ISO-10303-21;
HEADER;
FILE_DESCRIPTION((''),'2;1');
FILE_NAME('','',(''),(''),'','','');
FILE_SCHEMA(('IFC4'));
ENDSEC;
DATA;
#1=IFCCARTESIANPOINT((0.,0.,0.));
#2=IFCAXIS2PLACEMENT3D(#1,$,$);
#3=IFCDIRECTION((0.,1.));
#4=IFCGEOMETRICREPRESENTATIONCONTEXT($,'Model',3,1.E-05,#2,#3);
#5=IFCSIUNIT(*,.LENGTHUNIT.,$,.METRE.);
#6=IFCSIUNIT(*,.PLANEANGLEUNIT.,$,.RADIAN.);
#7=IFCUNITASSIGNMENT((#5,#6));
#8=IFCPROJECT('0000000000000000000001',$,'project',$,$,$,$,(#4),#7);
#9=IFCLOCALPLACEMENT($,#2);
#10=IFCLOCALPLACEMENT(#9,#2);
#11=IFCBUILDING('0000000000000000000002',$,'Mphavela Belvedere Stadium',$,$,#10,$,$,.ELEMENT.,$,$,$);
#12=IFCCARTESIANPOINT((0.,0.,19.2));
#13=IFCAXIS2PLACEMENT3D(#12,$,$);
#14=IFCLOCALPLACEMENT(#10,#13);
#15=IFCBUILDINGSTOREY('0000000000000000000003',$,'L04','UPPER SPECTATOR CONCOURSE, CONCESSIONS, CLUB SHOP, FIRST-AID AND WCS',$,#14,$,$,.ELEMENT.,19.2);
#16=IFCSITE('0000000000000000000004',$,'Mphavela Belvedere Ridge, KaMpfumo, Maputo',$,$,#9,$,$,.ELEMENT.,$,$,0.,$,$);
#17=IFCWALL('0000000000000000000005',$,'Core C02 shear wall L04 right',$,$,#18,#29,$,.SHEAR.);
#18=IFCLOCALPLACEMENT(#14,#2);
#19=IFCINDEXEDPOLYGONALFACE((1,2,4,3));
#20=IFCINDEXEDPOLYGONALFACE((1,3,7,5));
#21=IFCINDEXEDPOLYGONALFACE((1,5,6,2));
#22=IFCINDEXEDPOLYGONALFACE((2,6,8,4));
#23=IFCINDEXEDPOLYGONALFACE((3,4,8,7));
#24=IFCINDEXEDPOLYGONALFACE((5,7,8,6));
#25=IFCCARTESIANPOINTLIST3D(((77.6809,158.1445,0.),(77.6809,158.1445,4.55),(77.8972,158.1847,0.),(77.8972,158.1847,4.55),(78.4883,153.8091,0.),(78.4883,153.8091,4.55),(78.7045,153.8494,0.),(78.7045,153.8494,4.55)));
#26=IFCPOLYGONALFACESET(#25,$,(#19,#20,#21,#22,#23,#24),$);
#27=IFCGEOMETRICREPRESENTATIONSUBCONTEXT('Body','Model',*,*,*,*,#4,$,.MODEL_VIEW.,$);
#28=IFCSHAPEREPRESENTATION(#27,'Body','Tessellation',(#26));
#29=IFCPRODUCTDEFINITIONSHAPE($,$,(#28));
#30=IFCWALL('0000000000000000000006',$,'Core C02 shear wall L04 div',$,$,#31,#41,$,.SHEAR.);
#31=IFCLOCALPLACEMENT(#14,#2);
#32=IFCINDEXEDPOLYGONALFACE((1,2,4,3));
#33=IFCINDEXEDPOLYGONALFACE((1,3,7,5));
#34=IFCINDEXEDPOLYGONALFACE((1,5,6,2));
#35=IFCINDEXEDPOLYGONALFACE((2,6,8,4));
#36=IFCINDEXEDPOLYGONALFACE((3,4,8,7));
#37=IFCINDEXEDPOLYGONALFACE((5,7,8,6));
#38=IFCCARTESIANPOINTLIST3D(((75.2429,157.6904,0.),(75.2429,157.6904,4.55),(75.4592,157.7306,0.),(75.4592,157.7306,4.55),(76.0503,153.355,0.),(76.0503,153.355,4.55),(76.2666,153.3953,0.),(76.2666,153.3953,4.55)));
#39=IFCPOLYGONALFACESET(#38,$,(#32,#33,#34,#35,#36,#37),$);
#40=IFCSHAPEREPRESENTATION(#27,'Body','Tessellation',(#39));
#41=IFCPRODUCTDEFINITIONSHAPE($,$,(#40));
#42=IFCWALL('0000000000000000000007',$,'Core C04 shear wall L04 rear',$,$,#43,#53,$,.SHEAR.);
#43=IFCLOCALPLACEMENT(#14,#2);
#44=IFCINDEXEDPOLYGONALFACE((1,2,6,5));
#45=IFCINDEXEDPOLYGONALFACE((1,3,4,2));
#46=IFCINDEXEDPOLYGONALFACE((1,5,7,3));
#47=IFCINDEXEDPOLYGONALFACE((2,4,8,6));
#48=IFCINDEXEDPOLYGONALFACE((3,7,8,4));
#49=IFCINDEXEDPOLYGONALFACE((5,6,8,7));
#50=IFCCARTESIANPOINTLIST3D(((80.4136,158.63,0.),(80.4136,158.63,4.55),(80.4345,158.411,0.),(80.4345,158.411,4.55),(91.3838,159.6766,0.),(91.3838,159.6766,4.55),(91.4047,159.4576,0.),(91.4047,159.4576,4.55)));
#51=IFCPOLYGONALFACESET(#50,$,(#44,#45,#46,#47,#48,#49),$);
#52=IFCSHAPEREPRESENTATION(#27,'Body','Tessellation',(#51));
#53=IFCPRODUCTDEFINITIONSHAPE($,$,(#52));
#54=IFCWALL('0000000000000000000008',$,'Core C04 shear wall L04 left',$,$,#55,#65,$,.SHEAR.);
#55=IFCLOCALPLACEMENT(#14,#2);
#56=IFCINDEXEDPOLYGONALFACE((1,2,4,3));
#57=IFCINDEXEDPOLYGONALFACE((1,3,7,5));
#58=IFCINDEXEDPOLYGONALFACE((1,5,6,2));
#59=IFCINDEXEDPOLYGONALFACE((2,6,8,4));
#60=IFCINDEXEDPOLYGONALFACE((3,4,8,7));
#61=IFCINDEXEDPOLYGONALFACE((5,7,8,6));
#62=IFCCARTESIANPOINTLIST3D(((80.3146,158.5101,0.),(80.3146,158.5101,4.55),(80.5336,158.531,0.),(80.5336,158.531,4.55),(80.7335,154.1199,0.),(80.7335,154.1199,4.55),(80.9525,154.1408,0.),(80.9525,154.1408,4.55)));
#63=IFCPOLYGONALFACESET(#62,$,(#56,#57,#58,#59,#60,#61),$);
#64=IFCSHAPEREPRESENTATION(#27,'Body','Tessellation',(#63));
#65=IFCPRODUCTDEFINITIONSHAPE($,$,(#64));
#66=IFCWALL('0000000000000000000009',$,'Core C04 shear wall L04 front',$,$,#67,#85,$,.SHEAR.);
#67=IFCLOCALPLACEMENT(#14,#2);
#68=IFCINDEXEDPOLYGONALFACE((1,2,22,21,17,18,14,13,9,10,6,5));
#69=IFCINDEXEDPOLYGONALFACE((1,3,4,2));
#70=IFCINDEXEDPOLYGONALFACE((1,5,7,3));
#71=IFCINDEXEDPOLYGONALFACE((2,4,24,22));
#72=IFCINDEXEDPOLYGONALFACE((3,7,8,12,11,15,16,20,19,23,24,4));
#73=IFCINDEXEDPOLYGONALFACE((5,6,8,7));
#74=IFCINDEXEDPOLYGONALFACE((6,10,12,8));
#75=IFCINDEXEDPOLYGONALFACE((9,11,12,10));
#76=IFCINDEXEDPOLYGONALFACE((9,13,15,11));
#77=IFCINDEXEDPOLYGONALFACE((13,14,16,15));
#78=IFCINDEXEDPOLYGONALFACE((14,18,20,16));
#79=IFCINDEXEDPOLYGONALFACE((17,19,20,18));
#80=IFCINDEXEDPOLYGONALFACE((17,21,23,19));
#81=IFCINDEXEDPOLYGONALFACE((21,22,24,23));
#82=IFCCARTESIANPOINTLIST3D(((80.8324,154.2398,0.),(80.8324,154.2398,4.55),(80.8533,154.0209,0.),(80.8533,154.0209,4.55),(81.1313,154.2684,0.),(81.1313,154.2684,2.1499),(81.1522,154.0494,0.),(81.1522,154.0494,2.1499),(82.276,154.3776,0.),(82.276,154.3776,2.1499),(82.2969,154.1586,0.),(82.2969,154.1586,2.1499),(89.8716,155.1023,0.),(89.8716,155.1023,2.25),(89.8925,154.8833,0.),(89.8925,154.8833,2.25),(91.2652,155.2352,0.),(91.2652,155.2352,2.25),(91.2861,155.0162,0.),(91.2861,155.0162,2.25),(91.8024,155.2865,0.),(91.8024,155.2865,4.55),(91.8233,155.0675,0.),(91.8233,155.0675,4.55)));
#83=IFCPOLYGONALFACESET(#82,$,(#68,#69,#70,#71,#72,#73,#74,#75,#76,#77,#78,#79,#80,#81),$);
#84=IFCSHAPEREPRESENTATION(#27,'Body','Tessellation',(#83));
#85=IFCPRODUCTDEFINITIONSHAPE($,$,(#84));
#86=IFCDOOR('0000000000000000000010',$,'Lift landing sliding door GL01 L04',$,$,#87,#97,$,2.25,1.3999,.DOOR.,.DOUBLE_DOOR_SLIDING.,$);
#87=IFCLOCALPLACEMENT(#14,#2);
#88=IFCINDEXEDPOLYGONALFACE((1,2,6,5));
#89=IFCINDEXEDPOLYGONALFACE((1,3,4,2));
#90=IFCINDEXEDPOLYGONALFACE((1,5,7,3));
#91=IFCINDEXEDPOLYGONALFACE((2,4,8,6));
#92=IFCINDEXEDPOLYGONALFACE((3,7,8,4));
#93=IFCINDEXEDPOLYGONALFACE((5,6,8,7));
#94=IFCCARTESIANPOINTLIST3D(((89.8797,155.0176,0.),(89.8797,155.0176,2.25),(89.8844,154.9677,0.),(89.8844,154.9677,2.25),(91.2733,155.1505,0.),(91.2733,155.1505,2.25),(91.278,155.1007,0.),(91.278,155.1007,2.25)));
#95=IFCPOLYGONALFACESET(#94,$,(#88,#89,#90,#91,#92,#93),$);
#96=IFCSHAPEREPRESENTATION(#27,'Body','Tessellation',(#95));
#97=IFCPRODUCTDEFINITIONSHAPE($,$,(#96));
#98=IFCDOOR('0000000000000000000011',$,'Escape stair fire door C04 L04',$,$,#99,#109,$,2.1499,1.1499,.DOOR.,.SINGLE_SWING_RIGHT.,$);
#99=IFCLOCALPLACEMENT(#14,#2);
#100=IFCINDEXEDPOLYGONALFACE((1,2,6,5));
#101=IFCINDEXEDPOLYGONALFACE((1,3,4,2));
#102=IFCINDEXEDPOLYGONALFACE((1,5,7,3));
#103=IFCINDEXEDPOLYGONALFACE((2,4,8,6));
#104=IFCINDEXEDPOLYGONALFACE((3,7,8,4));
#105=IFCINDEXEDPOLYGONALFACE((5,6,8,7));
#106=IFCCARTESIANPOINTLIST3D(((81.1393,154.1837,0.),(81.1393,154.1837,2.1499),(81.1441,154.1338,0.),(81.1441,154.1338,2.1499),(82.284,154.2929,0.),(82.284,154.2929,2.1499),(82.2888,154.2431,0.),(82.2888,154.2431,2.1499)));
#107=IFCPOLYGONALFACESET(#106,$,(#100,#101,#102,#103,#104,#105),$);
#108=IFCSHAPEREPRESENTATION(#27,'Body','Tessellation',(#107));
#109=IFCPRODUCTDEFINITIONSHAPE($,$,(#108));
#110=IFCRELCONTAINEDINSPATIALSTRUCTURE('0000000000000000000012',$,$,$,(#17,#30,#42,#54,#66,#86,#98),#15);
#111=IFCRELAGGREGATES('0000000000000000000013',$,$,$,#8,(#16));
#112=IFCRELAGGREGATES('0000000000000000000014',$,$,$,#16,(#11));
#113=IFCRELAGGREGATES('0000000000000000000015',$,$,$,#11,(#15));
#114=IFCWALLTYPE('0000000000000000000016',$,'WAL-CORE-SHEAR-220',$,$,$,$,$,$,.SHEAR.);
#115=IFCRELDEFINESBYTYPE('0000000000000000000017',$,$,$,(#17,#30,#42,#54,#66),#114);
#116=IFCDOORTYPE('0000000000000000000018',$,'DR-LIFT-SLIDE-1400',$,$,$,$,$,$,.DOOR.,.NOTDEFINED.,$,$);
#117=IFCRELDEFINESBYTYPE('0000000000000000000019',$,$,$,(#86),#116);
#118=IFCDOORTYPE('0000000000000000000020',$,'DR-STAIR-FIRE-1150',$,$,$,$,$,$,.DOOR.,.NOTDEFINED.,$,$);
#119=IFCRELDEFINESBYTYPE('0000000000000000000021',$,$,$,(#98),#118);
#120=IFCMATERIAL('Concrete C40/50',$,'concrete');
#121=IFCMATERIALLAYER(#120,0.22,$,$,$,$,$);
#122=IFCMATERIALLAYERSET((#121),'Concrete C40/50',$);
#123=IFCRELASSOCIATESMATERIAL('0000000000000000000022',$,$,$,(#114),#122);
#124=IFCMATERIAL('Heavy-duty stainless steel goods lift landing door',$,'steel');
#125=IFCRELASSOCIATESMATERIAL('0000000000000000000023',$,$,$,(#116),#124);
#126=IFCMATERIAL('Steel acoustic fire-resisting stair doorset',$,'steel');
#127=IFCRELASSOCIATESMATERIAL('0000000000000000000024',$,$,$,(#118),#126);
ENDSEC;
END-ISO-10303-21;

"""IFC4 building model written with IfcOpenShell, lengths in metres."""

from ifc_helpers import new_model, si_unit, direction, frame, frame_2d, origin, place, context, subcontext, project, spatial, rectangle, extrude, material, layer, layer_set, type_object, element, fill, save


model = new_model("IFC4")

# Units and contexts
model_context = context("Model", 3, precision=1e-05, world=origin(), true_north=direction((0.0, 1.0)))
body_context = subcontext(model_context, "Body", "Model", "MODEL_VIEW")
ifc_project = project(units=[si_unit("LENGTHUNIT", "METRE"), si_unit("PLANEANGLEUNIT", "RADIAN")], contexts=[model_context])

# Site, building, storey
site_placement = place(None, origin())
site = spatial("IfcSite", under=ifc_project, at=site_placement, Name="Mphavela Belvedere Ridge, KaMpfumo, Maputo", CompositionType="ELEMENT", RefElevation=0.0)
building_placement = place(site_placement, origin())
building = spatial("IfcBuilding", under=site, at=building_placement, Name="Mphavela Belvedere Stadium", CompositionType="ELEMENT")
storey_placement = place(building_placement, frame((0.0, 0.0, 19.2)))
storey = spatial("IfcBuildingStorey", under=building, at=storey_placement, Name="L04", Description="UPPER SPECTATOR CONCOURSE, CONCESSIONS, CLUB SHOP, FIRST-AID AND WCS", CompositionType="ELEMENT", Elevation=19.2)

# Walls
ifc_material_1 = material(Name="Concrete C40/50", Category="concrete")
ifc_layer_1 = layer(ifc_material_1, 0.22)
ifc_layer_set_1 = layer_set([ifc_layer_1], Name="Concrete C40/50")
wall_type = type_object("IfcWallType", Name="WAL-CORE-SHEAR-220", PredefinedType="SHEAR", material=ifc_layer_set_1)
for number, where, z_axis, x_axis, name in (
    (1, (78.5964, 153.8291, 0.0), (0.0, 0.0, 1.0), (-0.183078, 0.983098, 0.0), "Core C02 shear wall L04 right"),
    (2, (76.1584, 153.375, 0.0), (0.0, 0.0, 1.0), (-0.183078, 0.983098, 0.0), "Core C02 shear wall L04 div"),
):
    element("IfcWall", number, at=place(storey_placement, frame(where, z_axis=z_axis, x_axis=x_axis)), inside=storey, type_object=wall_type, Name=name, PredefinedType="SHEAR", context=body_context, shape_type="SweptSolid", body=[
        extrude(rectangle(XDim=4.4099, YDim=0.22, at=frame_2d((2.2051, 0.0))), origin(), (0.0, 0.0, 1.0), 4.55),
    ])
wall_1_placement = place(storey_placement, frame((80.4241, 158.5205, 0.0), z_axis=(0.0, 0.0, 1.0), x_axis=(0.99548, 0.094975, 0.0)))
element("IfcWall", 3, at=wall_1_placement, inside=storey, type_object=wall_type, Name="Core C04 shear wall L04 rear", PredefinedType="SHEAR", context=body_context, shape_type="SweptSolid", body=[
    extrude(rectangle(XDim=11.02, YDim=0.22, at=frame_2d((5.51, 0.0))), origin(), (0.0, 0.0, 1.0), 4.55),
])
wall_2_placement = place(storey_placement, frame((80.843, 154.1304, 0.0), z_axis=(0.0, 0.0, 1.0), x_axis=(-0.094997, 0.995478, 0.0)))
element("IfcWall", 4, at=wall_2_placement, inside=storey, type_object=wall_type, Name="Core C04 shear wall L04 left", PredefinedType="SHEAR", context=body_context, shape_type="SweptSolid", body=[
    extrude(rectangle(XDim=4.4102, YDim=0.22, at=frame_2d((2.2051, 0.0))), origin(), (0.0, 0.0, 1.0), 4.55),
])

# Wall, openings, doors
wall_3_placement = place(storey_placement, frame((80.843, 154.1304, 0.0), z_axis=(0.0, 0.0, 1.0), x_axis=(0.995479, 0.094977, 0.0)))
wall_3 = element("IfcWall", 5, at=wall_3_placement, inside=storey, type_object=wall_type, Name="Core C04 shear wall L04 front", PredefinedType="SHEAR", context=body_context, shape_type="SweptSolid", body=[
    extrude(rectangle(XDim=11.0198, YDim=0.22, at=frame_2d((5.5098, 0.0))), origin(), (0.0, 0.0, 1.0), 4.55),
])
opening_1_placement = place(wall_3_placement, frame((0.3, 0.0, 0.0)))
opening_1 = element("IfcOpeningElement", 6, at=opening_1_placement, cuts=wall_3, PredefinedType="OPENING", context=body_context, shape_type="SweptSolid", body=[
    extrude(rectangle(XDim=1.1499, YDim=2.1499, at=frame_2d((0.575, 1.075))), frame((0.0, 0.1201, 0.0), z_axis=(0.0, -1.0, 0.0), x_axis=(1.0, 0.0, 0.0)), (0.0, 0.0, 1.0), 0.24),
])
opening_2_placement = place(wall_3_placement, frame((9.0801, 0.0, 0.0)))
opening_2 = element("IfcOpeningElement", 7, at=opening_2_placement, cuts=wall_3, PredefinedType="OPENING", context=body_context, shape_type="SweptSolid", body=[
    extrude(rectangle(XDim=1.3999, YDim=2.25, at=frame_2d((0.7, 1.125))), frame((0.0, 0.1201, 0.0), z_axis=(0.0, -1.0, 0.0), x_axis=(1.0, 0.0, 0.0)), (0.0, 0.0, 1.0), 0.24),
])
ifc_material_2 = material(Name="Heavy-duty stainless steel goods lift landing door", Category="steel")
door_type_1 = type_object("IfcDoorType", Name="DR-LIFT-SLIDE-1400", OperationType="NOTDEFINED", PredefinedType="DOOR", material=ifc_material_2)
door_1_placement = place(opening_2_placement, origin())
door_1 = element("IfcDoor", 8, at=door_1_placement, inside=storey, type_object=door_type_1, Name="Lift landing sliding door GL01 L04", OperationType="DOUBLE_DOOR_SLIDING", OverallHeight=2.25, OverallWidth=1.3999, PredefinedType="DOOR", context=body_context, shape_type="SweptSolid", body=[
    extrude(rectangle(XDim=1.3999, YDim=2.25, at=frame_2d((0.7, 1.125))), frame((0.0, 0.0249, 0.0), z_axis=(0.0, -1.0, 0.0), x_axis=(1.0, 0.0, 0.0)), (0.0, 0.0, 1.0), 0.05),
])
fill(opening_2, door_1)
ifc_material_3 = material(Name="Steel acoustic fire-resisting stair doorset", Category="steel")
door_type_2 = type_object("IfcDoorType", Name="DR-STAIR-FIRE-1150", OperationType="NOTDEFINED", PredefinedType="DOOR", material=ifc_material_3)
door_2_placement = place(opening_1_placement, origin())
door_2 = element("IfcDoor", 9, at=door_2_placement, inside=storey, type_object=door_type_2, Name="Escape stair fire door C04 L04", OperationType="SINGLE_SWING_RIGHT", OverallHeight=2.1499, OverallWidth=1.1499, PredefinedType="DOOR", context=body_context, shape_type="SweptSolid", body=[
    extrude(rectangle(XDim=1.1499, YDim=2.1499, at=frame_2d((0.575, 1.075))), frame((0.0, 0.0249, 0.0), z_axis=(0.0, -1.0, 0.0), x_axis=(1.0, 0.0, 0.0)), (0.0, 0.0, 1.0), 0.05),
])
fill(opening_1, door_2)

save(model, "model.ifc")
